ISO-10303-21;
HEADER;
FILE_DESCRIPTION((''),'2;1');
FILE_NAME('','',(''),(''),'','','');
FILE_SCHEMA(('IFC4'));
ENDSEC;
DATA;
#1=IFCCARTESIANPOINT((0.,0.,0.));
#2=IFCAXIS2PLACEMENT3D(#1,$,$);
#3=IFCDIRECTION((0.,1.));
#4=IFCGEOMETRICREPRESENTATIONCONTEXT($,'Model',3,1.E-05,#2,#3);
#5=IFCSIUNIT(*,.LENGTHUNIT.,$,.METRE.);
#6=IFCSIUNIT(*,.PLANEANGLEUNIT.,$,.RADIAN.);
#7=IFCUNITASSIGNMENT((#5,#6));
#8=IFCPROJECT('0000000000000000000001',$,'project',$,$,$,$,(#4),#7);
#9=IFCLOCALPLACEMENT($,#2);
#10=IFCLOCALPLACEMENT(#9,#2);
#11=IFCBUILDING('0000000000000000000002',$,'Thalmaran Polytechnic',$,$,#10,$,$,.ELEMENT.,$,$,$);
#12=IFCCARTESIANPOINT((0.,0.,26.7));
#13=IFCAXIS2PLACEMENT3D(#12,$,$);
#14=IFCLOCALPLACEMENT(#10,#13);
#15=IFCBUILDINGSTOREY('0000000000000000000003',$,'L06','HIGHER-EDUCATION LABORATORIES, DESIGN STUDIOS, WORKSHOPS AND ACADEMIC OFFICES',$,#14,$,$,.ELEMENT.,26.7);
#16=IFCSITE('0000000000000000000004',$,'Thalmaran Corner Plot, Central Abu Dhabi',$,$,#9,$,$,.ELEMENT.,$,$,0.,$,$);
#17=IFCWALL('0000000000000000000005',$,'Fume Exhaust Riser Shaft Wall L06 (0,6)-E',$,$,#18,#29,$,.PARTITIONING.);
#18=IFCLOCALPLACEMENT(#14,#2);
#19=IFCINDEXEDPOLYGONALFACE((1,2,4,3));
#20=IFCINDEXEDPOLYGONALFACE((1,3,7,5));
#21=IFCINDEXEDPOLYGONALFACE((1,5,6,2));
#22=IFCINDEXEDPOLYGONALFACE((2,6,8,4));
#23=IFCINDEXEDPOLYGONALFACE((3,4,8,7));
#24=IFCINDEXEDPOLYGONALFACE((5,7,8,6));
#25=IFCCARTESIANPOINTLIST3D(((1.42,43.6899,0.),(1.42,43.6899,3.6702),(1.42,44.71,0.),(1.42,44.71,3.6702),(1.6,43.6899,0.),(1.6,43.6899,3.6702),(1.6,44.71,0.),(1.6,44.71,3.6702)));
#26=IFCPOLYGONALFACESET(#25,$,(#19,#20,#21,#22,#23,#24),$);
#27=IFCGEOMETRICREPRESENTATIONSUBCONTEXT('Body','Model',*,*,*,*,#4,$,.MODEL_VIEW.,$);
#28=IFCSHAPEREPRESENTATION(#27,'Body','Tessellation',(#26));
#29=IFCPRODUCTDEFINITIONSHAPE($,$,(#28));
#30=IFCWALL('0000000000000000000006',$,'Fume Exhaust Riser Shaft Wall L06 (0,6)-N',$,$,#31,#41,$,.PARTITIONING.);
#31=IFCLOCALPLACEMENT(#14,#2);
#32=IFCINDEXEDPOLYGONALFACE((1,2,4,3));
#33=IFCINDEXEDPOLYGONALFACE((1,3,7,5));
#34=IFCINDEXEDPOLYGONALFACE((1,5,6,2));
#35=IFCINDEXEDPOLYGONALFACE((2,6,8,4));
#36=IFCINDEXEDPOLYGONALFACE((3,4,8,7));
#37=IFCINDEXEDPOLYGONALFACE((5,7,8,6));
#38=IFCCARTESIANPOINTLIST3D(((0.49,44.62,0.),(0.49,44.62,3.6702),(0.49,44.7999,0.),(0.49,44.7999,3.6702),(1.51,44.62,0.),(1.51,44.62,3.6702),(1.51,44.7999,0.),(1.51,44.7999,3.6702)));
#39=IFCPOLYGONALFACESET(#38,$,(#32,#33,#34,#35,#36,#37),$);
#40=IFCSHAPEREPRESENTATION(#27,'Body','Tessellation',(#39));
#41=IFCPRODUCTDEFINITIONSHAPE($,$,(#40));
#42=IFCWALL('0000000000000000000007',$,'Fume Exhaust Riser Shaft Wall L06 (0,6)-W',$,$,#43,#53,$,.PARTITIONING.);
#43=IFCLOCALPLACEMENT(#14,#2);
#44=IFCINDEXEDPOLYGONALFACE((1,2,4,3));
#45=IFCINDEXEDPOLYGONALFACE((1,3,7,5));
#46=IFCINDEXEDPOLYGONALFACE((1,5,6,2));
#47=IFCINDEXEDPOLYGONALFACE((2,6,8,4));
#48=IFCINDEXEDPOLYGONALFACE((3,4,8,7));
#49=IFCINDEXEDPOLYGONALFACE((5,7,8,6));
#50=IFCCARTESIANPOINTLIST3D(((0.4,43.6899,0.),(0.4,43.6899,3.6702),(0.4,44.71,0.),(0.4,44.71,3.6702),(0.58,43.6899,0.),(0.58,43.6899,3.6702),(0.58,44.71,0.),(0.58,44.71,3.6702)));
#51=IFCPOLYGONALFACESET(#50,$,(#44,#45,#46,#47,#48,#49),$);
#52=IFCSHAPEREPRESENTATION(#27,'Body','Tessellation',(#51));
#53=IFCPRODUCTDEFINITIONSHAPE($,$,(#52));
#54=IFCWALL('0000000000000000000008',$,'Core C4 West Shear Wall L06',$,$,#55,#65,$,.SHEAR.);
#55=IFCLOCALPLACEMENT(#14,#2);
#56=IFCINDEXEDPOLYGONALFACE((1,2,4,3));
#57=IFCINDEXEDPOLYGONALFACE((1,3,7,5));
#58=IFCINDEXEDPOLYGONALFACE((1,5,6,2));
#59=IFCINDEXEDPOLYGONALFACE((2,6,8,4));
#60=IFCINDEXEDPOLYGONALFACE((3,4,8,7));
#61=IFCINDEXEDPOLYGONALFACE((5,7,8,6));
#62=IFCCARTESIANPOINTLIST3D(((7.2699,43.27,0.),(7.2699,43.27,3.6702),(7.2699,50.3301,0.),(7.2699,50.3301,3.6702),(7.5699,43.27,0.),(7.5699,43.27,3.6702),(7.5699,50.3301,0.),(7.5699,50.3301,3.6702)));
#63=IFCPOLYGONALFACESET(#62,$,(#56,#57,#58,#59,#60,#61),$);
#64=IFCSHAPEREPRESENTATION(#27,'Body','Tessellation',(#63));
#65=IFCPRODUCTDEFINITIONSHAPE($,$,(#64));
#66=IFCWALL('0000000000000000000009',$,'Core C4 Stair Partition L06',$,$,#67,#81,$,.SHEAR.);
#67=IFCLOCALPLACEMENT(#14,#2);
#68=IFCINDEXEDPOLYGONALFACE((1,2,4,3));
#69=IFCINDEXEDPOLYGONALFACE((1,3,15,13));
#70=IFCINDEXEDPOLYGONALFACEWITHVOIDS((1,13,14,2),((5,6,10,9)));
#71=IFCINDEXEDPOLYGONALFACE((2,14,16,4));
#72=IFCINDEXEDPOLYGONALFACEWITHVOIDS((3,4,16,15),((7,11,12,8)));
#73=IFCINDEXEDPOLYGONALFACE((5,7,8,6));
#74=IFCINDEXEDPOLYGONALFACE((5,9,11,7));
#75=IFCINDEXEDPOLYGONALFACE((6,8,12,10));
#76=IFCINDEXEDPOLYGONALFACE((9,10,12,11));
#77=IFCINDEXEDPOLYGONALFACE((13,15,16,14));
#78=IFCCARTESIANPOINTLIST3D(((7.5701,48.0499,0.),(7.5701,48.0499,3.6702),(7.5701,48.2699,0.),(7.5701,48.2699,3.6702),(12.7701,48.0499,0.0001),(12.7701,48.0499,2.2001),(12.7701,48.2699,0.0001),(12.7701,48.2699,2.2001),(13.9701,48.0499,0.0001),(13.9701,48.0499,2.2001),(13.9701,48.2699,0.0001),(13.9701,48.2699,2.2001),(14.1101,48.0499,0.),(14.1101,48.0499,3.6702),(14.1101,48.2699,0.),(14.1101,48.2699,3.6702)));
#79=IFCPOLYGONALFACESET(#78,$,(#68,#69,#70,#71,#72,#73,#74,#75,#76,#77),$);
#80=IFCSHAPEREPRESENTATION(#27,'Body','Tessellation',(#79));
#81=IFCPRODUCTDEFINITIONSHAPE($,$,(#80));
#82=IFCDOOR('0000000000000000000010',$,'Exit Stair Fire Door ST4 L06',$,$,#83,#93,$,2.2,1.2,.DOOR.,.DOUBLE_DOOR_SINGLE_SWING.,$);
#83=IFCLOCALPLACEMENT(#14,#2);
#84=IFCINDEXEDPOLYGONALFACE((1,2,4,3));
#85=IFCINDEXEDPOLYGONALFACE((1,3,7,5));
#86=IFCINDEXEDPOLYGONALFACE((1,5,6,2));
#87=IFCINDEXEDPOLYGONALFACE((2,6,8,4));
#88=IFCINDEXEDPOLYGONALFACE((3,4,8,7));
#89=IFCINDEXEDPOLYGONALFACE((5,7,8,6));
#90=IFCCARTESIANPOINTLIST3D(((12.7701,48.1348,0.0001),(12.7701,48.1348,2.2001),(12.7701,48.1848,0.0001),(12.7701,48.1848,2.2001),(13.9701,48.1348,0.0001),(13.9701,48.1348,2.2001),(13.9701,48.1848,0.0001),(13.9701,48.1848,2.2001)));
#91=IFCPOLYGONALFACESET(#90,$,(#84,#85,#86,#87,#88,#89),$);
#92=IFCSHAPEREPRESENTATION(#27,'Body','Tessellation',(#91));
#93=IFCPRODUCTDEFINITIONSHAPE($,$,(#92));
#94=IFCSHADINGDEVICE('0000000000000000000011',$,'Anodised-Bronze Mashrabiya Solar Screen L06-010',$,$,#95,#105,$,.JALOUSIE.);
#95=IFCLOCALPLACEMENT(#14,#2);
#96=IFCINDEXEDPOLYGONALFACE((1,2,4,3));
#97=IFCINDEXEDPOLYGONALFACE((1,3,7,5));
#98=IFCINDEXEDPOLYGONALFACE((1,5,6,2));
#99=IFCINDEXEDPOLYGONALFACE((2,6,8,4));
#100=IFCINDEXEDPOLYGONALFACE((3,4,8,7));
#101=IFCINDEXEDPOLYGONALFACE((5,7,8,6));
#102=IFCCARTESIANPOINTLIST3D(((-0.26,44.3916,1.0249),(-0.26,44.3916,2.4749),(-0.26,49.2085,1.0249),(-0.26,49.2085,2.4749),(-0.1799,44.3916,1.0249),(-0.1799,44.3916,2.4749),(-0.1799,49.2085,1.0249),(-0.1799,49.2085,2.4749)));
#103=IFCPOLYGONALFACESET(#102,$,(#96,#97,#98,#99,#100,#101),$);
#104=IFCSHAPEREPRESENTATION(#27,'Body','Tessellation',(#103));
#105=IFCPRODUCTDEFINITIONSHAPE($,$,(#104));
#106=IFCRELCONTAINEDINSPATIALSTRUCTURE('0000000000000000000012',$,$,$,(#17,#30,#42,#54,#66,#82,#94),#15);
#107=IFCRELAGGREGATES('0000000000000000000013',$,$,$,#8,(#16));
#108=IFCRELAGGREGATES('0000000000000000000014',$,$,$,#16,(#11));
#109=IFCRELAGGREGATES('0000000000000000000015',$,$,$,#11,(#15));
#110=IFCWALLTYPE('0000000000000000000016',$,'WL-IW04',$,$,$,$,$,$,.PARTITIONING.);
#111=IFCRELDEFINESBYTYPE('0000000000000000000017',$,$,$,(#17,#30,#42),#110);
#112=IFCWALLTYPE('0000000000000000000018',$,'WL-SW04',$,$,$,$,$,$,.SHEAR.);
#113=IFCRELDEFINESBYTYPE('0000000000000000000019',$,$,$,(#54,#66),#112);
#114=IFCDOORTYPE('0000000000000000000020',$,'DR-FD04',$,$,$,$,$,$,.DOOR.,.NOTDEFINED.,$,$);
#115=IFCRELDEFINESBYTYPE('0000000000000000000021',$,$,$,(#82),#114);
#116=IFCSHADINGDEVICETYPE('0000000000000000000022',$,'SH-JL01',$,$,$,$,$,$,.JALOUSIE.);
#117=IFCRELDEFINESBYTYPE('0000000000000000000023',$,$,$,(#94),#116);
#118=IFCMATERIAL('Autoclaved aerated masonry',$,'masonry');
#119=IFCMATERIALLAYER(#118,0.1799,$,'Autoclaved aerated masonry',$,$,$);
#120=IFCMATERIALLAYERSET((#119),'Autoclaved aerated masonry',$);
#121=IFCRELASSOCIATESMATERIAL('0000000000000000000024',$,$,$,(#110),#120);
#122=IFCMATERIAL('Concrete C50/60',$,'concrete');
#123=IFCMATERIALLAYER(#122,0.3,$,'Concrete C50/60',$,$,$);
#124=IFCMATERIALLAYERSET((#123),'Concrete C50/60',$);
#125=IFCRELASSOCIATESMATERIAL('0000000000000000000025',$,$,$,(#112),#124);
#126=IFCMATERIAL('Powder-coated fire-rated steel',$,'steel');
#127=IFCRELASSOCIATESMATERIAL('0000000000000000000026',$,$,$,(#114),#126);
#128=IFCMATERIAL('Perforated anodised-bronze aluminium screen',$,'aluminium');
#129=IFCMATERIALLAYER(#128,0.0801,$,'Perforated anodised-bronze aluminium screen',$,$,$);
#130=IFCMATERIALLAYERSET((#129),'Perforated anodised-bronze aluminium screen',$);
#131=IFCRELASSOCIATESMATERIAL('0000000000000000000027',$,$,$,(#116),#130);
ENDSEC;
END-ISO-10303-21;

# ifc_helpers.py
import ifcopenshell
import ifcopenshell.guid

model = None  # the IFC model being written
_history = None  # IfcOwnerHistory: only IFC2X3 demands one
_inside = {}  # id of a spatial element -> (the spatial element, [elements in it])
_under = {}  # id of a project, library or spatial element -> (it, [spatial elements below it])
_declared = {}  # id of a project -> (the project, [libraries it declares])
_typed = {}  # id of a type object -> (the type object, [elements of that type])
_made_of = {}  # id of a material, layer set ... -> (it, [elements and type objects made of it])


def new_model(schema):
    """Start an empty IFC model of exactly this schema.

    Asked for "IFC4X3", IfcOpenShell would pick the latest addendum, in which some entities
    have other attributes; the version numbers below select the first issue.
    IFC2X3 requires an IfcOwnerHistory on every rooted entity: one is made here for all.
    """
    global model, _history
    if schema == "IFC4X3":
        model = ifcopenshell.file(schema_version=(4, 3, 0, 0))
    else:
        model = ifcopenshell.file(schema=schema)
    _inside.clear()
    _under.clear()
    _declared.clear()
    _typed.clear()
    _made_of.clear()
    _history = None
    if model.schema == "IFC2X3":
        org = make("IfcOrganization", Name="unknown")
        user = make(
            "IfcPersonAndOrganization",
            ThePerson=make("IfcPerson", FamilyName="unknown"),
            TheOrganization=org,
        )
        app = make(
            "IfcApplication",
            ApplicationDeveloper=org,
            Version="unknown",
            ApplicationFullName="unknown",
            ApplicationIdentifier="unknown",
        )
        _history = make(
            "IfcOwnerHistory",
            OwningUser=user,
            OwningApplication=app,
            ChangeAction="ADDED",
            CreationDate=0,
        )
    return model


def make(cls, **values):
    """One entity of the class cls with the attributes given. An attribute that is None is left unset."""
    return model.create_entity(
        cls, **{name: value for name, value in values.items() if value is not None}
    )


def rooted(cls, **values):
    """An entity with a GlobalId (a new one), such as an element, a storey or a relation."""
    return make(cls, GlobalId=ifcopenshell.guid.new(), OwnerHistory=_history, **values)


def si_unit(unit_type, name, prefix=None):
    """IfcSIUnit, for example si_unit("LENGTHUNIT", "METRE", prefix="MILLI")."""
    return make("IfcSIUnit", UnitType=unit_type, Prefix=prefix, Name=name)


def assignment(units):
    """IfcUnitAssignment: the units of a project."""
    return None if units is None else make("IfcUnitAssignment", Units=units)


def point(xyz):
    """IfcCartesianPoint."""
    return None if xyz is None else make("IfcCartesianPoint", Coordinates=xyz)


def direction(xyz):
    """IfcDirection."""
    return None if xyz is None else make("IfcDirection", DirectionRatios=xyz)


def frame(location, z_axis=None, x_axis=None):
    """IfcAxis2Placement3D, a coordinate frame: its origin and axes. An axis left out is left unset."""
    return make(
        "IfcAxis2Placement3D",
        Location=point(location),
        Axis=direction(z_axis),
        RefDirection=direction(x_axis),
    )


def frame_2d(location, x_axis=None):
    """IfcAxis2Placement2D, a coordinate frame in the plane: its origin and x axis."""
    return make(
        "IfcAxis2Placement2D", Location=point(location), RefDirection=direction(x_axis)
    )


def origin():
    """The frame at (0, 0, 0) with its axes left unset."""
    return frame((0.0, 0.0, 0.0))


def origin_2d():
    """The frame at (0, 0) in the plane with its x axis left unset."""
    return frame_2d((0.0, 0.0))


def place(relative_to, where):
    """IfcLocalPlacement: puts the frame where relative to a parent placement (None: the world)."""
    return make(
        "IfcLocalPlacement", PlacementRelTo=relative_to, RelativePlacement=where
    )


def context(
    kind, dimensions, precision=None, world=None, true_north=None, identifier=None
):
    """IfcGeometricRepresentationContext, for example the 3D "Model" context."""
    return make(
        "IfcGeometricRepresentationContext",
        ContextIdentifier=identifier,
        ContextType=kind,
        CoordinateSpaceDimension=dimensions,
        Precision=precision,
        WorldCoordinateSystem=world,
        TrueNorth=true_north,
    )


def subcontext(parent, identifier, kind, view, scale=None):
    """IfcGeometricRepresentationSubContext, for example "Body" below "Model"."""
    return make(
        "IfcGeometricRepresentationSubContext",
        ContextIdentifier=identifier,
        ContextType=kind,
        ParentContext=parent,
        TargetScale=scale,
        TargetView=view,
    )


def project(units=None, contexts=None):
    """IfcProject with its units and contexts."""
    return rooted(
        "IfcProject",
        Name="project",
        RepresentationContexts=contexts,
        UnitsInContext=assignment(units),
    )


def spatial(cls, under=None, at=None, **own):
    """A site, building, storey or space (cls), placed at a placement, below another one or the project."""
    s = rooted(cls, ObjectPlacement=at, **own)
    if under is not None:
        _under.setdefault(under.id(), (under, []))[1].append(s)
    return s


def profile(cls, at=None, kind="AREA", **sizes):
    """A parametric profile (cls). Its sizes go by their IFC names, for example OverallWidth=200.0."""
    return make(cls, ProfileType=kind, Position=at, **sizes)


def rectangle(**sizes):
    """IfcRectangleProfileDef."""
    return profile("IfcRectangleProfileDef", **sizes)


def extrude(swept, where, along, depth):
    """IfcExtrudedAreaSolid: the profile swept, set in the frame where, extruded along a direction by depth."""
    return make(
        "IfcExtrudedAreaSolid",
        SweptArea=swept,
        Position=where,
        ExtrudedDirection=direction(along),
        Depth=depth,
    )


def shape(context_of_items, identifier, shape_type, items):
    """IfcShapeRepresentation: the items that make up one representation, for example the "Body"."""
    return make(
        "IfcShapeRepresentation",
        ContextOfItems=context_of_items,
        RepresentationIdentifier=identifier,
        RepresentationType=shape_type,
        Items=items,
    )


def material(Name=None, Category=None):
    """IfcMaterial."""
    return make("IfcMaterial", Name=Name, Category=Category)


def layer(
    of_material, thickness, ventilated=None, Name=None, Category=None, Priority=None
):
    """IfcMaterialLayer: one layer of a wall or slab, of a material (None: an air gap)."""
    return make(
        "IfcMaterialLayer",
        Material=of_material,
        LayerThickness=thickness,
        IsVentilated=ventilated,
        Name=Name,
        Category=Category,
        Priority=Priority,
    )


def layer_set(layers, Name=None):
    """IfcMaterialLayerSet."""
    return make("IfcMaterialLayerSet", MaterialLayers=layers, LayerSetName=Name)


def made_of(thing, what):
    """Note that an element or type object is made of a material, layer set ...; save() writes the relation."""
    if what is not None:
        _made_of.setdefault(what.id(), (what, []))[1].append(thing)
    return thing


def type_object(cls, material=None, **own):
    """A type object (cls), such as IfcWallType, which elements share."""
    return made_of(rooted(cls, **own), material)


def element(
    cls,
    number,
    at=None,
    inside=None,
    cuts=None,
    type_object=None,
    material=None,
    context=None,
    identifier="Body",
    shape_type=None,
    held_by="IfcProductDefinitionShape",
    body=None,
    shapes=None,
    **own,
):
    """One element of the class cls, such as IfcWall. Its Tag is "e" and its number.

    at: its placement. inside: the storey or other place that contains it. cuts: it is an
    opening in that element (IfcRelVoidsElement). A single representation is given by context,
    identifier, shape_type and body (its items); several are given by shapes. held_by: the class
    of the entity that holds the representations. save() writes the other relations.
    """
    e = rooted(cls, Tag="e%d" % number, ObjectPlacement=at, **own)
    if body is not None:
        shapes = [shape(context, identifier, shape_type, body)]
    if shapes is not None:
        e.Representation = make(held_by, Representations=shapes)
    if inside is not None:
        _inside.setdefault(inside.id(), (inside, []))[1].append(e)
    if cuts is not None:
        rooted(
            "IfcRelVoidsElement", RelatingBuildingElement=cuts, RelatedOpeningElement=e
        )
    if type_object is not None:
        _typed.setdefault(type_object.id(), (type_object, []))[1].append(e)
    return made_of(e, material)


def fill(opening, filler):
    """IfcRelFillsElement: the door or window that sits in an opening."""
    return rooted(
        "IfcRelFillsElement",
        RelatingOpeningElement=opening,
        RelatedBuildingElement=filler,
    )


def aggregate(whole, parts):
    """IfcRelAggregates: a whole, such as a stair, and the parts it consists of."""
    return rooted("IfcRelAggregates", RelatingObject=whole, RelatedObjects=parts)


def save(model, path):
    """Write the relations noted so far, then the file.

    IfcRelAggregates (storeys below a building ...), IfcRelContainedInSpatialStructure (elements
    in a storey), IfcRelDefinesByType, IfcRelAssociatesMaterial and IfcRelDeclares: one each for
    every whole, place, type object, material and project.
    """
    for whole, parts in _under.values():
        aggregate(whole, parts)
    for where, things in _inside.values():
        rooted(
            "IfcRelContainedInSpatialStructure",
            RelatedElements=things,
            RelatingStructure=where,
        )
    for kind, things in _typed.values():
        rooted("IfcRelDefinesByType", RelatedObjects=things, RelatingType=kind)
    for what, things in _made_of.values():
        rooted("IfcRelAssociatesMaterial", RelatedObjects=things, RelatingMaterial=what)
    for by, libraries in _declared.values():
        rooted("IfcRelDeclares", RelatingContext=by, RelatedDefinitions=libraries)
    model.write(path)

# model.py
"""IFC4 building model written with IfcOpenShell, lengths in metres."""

from ifc_helpers import new_model, si_unit, direction, frame, frame_2d, origin, origin_2d, place, context, subcontext, project, spatial, rectangle, extrude, material, layer, layer_set, type_object, element, fill, save


model = new_model("IFC4")

# Units and contexts
model_context = context("Model", 3, precision=1e-05, world=origin(), true_north=direction((0.0, 1.0)))
body_context = subcontext(model_context, "Body", "Model", "MODEL_VIEW")
ifc_project = project(units=[si_unit("LENGTHUNIT", "METRE"), si_unit("PLANEANGLEUNIT", "RADIAN")], contexts=[model_context])

# Site, building, storey
site_placement = place(None, origin())
site = spatial("IfcSite", under=ifc_project, at=site_placement, Name="Thalmaran Corner Plot, Central Abu Dhabi", CompositionType="ELEMENT", RefElevation=0.0)
building_placement = place(site_placement, origin())
building = spatial("IfcBuilding", under=site, at=building_placement, Name="Thalmaran Polytechnic", CompositionType="ELEMENT")
storey_placement = place(building_placement, frame((0.0, 0.0, 26.7)))
storey = spatial("IfcBuildingStorey", under=building, at=storey_placement, Name="L06", Description="HIGHER-EDUCATION LABORATORIES, DESIGN STUDIOS, WORKSHOPS AND ACADEMIC OFFICES", CompositionType="ELEMENT", Elevation=26.7)

# Walls
ifc_material_1 = material(Name="Autoclaved aerated masonry", Category="masonry")
ifc_layer_1 = layer(ifc_material_1, 0.1799, Name="Autoclaved aerated masonry")
ifc_layer_set_1 = layer_set([ifc_layer_1], Name="Autoclaved aerated masonry")
wall_type_1 = type_object("IfcWallType", Name="WL-IW04", PredefinedType="PARTITIONING", material=ifc_layer_set_1)
for number, where, z_axis, x_axis, name in (
    (1, (1.51, 43.6899, 0.0), (0.0, 0.0, 1.0), (0.0, 1.0, 0.0), "Fume Exhaust Riser Shaft Wall L06 (0,6)-E"),
    (2, (1.51, 44.71, 0.0), (0.0, 0.0, 1.0), (-1.0, 0.0, 0.0), "Fume Exhaust Riser Shaft Wall L06 (0,6)-N"),
    (3, (0.49, 44.71, 0.0), (0.0, 0.0, 1.0), (0.0, -1.0, 0.0), "Fume Exhaust Riser Shaft Wall L06 (0,6)-W"),
):
    element("IfcWall", number, at=place(storey_placement, frame(where, z_axis=z_axis, x_axis=x_axis)), inside=storey, type_object=wall_type_1, Name=name, PredefinedType="PARTITIONING", context=body_context, shape_type="SweptSolid", body=[
        extrude(rectangle(XDim=1.02, YDim=0.1799, at=frame_2d((0.51, 0.0))), origin(), (0.0, 0.0, 1.0), 3.6702),
    ])
ifc_material_2 = material(Name="Concrete C50/60", Category="concrete")
ifc_layer_2 = layer(ifc_material_2, 0.3, Name="Concrete C50/60")
ifc_layer_set_2 = layer_set([ifc_layer_2], Name="Concrete C50/60")
wall_type_2 = type_object("IfcWallType", Name="WL-SW04", PredefinedType="SHEAR", material=ifc_layer_set_2)
wall_1_placement = place(storey_placement, frame((7.4199, 50.3301, 0.0), z_axis=(0.0, 0.0, 1.0), x_axis=(0.0, -1.0, 0.0)))
element("IfcWall", 4, at=wall_1_placement, inside=storey, type_object=wall_type_2, Name="Core C4 West Shear Wall L06", PredefinedType="SHEAR", context=body_context, shape_type="SweptSolid", body=[
    extrude(rectangle(XDim=7.0601, YDim=0.3, at=frame_2d((3.53, 0.0))), origin(), (0.0, 0.0, 1.0), 3.6702),
])

# Wall, opening, door
wall_2_placement = place(storey_placement, frame((7.5701, 48.1599, 0.0), z_axis=(0.0, 0.0, 1.0), x_axis=(1.0, 0.0, 0.0)))
wall_2 = element("IfcWall", 5, at=wall_2_placement, inside=storey, type_object=wall_type_2, Name="Core C4 Stair Partition L06", PredefinedType="SHEAR", context=body_context, shape_type="SweptSolid", body=[
    extrude(rectangle(XDim=6.54, YDim=0.22, at=frame_2d((3.27, 0.0))), origin(), (0.0, 0.0, 1.0), 3.6702),
])
opening_1_placement = place(wall_2_placement, frame((5.2, 0.0, 0.0)))
opening_1 = element("IfcOpeningElement", 6, at=opening_1_placement, cuts=wall_2, PredefinedType="OPENING", context=body_context, shape_type="SweptSolid", body=[
    extrude(rectangle(XDim=1.2, YDim=2.2, at=frame_2d((0.6001, 1.1001))), frame((0.0, 0.1199, 0.0), z_axis=(0.0, -1.0, 0.0), x_axis=(1.0, 0.0, 0.0)), (0.0, 0.0, 1.0), 0.24),
])
ifc_material_3 = material(Name="Powder-coated fire-rated steel", Category="steel")
door_type = type_object("IfcDoorType", Name="DR-FD04", OperationType="NOTDEFINED", PredefinedType="DOOR", material=ifc_material_3)
door_placement = place(opening_1_placement, origin())
door = element("IfcDoor", 7, at=door_placement, inside=storey, type_object=door_type, Name="Exit Stair Fire Door ST4 L06", OperationType="DOUBLE_DOOR_SINGLE_SWING", OverallHeight=2.2, OverallWidth=1.2, PredefinedType="DOOR", context=body_context, shape_type="SweptSolid", body=[
    extrude(rectangle(XDim=1.2, YDim=2.2, at=frame_2d((0.6001, 1.1001))), frame((0.0, 0.0249, 0.0), z_axis=(0.0, -1.0, 0.0), x_axis=(1.0, 0.0, 0.0)), (0.0, 0.0, 1.0), 0.05),
])
fill(opening_1, door)

# Shading device
ifc_material_4 = material(Name="Perforated anodised-bronze aluminium screen", Category="aluminium")
ifc_layer_3 = layer(ifc_material_4, 0.0801, Name="Perforated anodised-bronze aluminium screen")
ifc_layer_set_3 = layer_set([ifc_layer_3], Name="Perforated anodised-bronze aluminium screen")
shading_device_type = type_object("IfcShadingDeviceType", Name="SH-JL01", PredefinedType="JALOUSIE", material=ifc_layer_set_3)
shading_device_placement = place(storey_placement, frame((-0.22, 46.8, 1.0249), z_axis=(0.0, 0.0, 1.0), x_axis=(0.0, 1.0, 0.0)))
element("IfcShadingDevice", 8, at=shading_device_placement, inside=storey, type_object=shading_device_type, Name="Anodised-Bronze Mashrabiya Solar Screen L06-010", PredefinedType="JALOUSIE", context=body_context, shape_type="SweptSolid", body=[
    extrude(rectangle(XDim=4.8169, YDim=0.0801, at=origin_2d()), origin(), (0.0, 0.0, 1.0), 1.45),
])

save(model, "model.ifc")
